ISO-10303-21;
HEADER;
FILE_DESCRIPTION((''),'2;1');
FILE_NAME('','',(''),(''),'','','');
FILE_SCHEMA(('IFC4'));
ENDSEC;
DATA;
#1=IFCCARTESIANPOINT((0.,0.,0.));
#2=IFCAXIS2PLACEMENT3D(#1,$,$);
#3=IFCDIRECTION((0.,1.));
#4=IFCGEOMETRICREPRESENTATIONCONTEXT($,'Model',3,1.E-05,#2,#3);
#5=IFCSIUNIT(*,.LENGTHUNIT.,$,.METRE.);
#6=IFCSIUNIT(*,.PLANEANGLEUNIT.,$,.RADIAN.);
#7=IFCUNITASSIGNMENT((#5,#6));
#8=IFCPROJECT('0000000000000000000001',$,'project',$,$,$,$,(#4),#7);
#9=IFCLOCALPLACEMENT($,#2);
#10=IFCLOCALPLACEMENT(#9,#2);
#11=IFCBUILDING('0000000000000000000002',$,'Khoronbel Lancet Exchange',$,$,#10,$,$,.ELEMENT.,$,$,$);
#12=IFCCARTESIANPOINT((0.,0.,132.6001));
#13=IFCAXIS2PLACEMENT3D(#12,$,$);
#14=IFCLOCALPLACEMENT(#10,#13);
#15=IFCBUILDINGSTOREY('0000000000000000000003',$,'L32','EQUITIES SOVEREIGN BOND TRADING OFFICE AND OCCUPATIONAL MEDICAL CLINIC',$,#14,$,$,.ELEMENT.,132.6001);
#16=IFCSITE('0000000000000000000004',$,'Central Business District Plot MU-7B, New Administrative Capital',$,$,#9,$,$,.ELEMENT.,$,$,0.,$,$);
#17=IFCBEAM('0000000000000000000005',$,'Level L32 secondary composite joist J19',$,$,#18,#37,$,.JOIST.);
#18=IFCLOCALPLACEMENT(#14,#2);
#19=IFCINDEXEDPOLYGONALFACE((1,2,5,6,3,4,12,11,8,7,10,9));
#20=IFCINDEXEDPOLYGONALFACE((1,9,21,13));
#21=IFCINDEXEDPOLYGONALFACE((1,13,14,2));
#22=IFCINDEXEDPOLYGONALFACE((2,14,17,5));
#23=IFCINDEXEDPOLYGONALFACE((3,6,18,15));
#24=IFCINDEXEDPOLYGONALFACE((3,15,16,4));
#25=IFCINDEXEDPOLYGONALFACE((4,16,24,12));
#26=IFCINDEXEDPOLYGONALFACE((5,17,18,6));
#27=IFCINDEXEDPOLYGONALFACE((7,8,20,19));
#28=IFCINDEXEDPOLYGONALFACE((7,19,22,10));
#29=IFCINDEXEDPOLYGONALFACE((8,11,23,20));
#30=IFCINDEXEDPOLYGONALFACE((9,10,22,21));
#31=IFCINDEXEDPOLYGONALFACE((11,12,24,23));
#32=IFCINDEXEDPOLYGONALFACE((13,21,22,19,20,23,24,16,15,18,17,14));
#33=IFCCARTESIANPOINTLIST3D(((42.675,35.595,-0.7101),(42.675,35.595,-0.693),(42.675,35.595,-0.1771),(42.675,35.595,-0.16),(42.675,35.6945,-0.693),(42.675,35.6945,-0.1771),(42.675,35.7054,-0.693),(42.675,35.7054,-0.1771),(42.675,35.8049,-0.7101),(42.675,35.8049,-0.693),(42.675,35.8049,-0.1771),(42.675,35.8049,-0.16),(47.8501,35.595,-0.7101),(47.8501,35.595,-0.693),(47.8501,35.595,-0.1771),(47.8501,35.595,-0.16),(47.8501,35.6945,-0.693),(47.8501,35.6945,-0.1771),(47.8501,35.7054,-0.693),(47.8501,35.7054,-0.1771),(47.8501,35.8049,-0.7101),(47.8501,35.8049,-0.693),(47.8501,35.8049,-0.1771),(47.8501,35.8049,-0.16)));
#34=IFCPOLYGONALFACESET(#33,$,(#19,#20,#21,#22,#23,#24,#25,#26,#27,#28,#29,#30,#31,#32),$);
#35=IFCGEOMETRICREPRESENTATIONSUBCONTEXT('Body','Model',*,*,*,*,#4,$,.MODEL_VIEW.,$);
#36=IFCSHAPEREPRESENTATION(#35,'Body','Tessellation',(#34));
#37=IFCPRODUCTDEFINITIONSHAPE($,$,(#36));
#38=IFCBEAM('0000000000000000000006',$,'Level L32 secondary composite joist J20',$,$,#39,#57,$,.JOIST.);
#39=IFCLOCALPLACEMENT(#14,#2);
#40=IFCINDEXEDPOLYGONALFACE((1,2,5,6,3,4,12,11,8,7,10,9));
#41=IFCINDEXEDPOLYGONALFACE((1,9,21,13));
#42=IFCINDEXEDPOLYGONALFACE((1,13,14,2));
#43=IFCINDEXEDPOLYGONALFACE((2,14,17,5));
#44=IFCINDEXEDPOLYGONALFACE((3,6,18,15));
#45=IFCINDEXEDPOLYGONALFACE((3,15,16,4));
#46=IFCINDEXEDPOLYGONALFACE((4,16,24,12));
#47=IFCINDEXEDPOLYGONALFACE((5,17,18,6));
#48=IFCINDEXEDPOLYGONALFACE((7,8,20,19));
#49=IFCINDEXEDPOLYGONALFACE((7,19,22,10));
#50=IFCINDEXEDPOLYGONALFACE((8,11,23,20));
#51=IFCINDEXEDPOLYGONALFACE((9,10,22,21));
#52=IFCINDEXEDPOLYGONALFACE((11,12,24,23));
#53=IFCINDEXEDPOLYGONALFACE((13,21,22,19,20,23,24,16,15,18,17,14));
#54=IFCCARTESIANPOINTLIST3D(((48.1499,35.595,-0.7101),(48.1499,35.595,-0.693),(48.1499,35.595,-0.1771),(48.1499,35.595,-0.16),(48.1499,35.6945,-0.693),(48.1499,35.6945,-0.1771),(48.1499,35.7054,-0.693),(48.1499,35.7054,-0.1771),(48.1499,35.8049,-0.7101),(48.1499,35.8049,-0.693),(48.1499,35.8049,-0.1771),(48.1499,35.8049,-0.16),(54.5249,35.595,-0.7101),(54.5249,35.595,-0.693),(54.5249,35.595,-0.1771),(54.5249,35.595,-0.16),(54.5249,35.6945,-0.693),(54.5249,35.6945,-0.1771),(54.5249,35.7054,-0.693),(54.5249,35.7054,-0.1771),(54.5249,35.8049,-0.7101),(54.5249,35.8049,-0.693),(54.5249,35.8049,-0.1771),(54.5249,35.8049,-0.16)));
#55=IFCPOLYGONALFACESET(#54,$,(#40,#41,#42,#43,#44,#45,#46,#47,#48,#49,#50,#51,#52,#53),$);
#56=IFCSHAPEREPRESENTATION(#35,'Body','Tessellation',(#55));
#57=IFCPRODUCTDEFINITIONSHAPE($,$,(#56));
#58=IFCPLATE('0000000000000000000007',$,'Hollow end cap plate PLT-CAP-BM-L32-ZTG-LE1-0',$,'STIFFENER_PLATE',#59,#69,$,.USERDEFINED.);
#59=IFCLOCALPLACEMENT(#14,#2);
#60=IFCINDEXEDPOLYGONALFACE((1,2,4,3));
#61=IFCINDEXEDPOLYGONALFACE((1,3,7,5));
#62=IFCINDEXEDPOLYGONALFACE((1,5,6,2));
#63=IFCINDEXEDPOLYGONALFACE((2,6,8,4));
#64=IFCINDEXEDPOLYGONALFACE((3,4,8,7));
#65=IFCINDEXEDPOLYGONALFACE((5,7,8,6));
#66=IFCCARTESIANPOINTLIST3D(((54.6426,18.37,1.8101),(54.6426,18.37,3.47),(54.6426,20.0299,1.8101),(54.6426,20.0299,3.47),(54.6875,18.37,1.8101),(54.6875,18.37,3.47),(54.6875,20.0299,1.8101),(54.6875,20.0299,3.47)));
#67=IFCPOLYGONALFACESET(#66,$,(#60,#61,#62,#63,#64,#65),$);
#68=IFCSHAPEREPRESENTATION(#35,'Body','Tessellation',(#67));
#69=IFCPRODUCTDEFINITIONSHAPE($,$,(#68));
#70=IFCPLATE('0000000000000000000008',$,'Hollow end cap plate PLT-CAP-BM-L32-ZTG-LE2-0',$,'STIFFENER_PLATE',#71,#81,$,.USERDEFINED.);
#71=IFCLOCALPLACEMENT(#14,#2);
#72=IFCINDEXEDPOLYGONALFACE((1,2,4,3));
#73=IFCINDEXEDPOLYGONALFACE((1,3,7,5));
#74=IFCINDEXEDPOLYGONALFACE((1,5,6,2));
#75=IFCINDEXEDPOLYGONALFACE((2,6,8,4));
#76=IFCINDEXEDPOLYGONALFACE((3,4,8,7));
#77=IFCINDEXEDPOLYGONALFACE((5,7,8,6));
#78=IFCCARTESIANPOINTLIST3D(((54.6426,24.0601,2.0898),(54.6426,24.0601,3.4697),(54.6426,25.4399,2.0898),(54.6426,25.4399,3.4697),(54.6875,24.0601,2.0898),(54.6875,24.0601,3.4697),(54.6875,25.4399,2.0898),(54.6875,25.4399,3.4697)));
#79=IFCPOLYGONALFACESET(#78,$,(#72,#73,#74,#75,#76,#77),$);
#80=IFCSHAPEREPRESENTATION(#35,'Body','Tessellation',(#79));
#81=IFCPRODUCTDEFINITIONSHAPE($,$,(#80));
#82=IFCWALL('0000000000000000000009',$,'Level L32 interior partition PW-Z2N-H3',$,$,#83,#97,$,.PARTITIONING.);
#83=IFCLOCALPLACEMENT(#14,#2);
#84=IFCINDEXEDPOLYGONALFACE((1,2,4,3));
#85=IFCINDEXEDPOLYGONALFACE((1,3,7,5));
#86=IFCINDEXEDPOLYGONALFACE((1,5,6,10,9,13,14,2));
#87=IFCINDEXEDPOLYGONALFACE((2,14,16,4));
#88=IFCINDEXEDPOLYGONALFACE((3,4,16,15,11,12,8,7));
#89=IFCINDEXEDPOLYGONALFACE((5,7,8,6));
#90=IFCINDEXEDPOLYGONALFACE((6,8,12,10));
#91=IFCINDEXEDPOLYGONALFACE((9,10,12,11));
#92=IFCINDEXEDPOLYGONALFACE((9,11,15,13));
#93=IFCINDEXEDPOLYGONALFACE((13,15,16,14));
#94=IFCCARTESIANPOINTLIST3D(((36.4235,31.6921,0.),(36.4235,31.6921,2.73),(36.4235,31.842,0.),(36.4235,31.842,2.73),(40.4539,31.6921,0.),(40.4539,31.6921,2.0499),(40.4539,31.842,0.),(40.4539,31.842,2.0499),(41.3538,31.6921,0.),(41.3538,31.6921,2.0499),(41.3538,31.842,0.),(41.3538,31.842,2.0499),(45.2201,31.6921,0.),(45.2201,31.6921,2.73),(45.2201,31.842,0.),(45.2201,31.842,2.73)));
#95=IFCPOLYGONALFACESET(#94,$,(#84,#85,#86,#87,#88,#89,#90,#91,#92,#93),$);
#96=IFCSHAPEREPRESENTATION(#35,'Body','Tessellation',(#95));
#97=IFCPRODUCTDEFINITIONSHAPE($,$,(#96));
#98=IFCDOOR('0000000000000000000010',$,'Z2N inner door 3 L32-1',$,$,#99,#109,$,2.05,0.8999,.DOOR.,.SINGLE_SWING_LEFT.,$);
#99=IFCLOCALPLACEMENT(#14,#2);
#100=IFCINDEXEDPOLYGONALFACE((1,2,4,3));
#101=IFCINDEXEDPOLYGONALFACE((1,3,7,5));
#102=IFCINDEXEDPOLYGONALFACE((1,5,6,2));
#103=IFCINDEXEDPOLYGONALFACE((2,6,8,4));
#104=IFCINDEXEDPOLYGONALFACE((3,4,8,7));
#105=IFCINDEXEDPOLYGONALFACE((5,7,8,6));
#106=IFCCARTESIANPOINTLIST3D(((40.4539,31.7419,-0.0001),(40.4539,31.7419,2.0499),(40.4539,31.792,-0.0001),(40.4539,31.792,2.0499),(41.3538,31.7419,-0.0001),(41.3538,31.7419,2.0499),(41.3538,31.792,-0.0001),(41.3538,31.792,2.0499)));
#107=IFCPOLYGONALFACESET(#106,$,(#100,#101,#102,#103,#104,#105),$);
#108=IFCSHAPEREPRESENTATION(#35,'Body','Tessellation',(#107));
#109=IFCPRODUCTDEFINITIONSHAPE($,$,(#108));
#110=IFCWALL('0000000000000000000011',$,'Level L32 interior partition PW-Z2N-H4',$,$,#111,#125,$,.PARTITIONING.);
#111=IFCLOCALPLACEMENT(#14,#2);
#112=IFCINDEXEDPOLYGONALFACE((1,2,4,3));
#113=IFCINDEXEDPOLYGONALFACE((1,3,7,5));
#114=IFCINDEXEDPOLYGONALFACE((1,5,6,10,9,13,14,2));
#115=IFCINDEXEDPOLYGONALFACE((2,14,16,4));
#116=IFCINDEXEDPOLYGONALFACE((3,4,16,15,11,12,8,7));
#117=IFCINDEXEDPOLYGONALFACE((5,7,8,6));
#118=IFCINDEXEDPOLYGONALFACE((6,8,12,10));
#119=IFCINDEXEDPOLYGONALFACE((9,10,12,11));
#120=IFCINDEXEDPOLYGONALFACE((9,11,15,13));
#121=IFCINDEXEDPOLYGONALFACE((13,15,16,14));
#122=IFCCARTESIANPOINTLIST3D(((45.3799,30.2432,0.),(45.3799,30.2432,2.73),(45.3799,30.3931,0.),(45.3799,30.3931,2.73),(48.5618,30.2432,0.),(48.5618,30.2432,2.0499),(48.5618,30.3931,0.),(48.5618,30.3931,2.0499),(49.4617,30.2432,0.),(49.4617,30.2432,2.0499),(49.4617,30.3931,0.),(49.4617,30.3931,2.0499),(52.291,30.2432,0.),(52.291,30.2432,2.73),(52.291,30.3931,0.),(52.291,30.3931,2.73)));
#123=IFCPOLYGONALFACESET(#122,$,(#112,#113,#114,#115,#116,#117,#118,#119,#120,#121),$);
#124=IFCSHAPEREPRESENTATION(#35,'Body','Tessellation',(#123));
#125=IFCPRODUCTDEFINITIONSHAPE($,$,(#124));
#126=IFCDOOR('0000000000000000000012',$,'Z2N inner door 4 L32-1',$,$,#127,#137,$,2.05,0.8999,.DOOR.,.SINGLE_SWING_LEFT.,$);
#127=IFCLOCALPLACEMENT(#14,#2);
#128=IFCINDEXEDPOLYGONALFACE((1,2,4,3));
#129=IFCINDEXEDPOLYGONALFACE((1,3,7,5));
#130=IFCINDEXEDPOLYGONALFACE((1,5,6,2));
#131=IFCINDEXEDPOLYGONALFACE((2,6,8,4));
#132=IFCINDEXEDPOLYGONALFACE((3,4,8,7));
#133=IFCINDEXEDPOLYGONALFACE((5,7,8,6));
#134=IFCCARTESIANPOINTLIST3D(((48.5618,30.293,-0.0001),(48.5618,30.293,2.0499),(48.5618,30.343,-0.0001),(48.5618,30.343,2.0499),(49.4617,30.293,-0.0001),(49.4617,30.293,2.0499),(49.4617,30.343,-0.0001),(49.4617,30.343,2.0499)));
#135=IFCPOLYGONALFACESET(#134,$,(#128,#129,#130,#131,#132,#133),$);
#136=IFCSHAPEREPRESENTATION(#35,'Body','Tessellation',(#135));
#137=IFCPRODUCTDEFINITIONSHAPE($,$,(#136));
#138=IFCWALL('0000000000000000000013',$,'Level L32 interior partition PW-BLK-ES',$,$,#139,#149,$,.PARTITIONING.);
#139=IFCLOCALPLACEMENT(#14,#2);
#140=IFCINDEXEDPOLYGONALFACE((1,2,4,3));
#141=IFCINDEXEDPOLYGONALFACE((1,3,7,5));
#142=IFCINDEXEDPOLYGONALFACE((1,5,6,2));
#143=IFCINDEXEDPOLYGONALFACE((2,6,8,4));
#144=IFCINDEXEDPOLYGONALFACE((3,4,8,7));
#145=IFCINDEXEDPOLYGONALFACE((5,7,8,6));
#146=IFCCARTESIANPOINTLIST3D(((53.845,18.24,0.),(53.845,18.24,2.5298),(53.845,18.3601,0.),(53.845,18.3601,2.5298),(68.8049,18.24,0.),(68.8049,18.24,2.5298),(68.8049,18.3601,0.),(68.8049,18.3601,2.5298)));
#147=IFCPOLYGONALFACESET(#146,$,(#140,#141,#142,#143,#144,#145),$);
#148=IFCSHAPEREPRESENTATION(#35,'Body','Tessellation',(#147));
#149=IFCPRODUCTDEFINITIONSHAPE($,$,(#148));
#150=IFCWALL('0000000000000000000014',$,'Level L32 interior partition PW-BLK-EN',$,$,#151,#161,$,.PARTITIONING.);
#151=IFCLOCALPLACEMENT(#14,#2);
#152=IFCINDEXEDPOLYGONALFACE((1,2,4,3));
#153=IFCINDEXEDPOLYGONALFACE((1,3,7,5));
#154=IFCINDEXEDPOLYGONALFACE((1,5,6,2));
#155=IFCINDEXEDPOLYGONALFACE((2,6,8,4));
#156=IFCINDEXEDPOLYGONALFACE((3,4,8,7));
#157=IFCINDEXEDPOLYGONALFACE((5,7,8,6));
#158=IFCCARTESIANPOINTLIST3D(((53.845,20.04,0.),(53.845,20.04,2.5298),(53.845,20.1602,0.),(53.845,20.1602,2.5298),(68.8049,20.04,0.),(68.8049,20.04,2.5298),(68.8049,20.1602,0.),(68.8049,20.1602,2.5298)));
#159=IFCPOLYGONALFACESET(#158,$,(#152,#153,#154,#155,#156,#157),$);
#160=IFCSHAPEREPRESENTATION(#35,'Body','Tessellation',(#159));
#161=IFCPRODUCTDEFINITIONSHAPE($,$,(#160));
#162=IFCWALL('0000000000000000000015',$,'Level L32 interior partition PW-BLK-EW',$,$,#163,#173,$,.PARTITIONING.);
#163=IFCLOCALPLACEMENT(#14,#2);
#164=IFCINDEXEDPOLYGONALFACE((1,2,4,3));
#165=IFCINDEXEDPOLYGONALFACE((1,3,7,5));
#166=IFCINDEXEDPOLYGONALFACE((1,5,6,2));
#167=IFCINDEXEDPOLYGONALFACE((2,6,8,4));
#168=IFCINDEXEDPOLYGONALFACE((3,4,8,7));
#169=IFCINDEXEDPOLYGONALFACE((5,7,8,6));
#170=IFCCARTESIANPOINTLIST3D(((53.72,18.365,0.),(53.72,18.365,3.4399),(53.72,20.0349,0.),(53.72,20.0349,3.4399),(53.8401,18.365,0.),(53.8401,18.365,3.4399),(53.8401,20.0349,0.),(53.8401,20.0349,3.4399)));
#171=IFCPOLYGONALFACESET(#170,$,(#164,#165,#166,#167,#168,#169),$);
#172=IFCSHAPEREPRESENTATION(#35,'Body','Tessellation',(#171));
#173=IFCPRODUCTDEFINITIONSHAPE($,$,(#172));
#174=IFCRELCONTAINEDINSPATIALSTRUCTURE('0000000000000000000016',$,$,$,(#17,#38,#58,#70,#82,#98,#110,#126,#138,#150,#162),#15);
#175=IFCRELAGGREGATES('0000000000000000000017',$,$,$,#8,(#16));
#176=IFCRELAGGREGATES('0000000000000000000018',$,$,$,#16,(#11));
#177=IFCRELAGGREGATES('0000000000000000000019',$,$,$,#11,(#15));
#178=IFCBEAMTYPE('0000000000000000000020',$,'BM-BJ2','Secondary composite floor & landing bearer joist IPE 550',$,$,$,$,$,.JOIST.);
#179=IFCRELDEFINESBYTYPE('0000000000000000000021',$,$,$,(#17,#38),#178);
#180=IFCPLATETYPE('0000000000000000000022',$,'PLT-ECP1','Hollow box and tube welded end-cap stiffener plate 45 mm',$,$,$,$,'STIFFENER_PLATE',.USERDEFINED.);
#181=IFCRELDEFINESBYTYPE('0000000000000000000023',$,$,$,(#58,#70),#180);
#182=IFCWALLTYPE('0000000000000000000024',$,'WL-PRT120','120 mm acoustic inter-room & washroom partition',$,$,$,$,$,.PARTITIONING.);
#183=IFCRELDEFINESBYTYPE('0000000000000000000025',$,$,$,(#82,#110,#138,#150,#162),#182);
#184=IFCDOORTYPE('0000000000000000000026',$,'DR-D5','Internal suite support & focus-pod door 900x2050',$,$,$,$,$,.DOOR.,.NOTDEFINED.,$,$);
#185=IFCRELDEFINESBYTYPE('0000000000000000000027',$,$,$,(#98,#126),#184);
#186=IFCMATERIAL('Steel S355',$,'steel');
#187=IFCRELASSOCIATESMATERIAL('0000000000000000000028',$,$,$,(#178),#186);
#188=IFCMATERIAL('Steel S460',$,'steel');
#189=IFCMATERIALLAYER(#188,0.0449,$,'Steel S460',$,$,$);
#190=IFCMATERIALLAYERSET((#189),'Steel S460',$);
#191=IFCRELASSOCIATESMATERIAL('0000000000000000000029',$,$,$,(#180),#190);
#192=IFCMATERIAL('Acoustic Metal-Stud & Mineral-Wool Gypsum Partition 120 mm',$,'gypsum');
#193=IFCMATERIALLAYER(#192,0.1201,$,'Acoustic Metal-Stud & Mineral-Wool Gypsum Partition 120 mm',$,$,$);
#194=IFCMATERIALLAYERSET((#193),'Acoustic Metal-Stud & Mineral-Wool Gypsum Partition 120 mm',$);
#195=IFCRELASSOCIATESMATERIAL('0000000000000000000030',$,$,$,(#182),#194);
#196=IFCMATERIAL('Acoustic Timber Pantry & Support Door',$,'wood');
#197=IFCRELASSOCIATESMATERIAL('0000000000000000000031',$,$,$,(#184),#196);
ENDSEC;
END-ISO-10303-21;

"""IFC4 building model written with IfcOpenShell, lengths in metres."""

from ifc_helpers import new_model, si_unit, direction, frame, frame_2d, origin, origin_2d, place, context, subcontext, project, spatial, rectangle, i_section, extrude, material, layer, layer_set, material_profile, profile_set, type_object, element, fill, save


model = new_model("IFC4")

# Units and contexts
model_context = context("Model", 3, precision=1e-05, world=origin(), true_north=direction((0.0, 1.0)))
body_context = subcontext(model_context, "Body", "Model", "MODEL_VIEW")
ifc_project = project(units=[si_unit("LENGTHUNIT", "METRE"), si_unit("PLANEANGLEUNIT", "RADIAN")], contexts=[model_context])

# Site, building, storey
site_placement = place(None, origin())
site = spatial("IfcSite", under=ifc_project, at=site_placement, Name="Central Business District Plot MU-7B, New Administrative Capital", CompositionType="ELEMENT", RefElevation=0.0)
building_placement = place(site_placement, origin())
building = spatial("IfcBuilding", under=site, at=building_placement, Name="Khoronbel Lancet Exchange", CompositionType="ELEMENT")
storey_placement = place(building_placement, frame((0.0, 0.0, 132.6001)))
storey = spatial("IfcBuildingStorey", under=building, at=storey_placement, Name="L32", Description="EQUITIES SOVEREIGN BOND TRADING OFFICE AND OCCUPATIONAL MEDICAL CLINIC", CompositionType="ELEMENT", Elevation=132.6001)

# Shared definitions
ifc_material_1 = material(Name="Steel S460", Category="steel")

# Beams
ifc_material_2 = material(Name="Steel S355", Category="steel")
ifc_material_profile_1 = material_profile(ifc_material_2, i_section(OverallWidth=0.21, OverallDepth=0.55, WebThickness=0.011, FlangeThickness=0.0171, at=origin_2d()), Name="IPE 550")
ifc_profile_set_1 = profile_set([ifc_material_profile_1], Name="Steel S355")
beam_type_1 = type_object("IfcBeamType", Name="BM-BJ2", Description="Secondary composite floor & landing bearer joist IPE 550", PredefinedType="JOIST", material=ifc_profile_set_1)
beam_1_placement = place(storey_placement, frame((42.675, 35.7, -0.4351), z_axis=(1.0, 0.0, 0.0), x_axis=(0.0, 1.0, 0.0)))
element("IfcBeam", 1, at=beam_1_placement, inside=storey, type_object=beam_type_1, Name="Level L32 secondary composite joist J19", PredefinedType="JOIST", context=body_context, shape_type="SweptSolid", body=[
    extrude(i_section(OverallWidth=0.21, OverallDepth=0.55, WebThickness=0.011, FlangeThickness=0.0171, at=origin_2d()), origin(), (0.0, 0.0, 1.0), 5.175),
])
beam_2_placement = place(storey_placement, frame((48.1499, 35.7, -0.4351), z_axis=(1.0, 0.0, 0.0), x_axis=(0.0, 1.0, 0.0)))
element("IfcBeam", 2, at=beam_2_placement, inside=storey, type_object=beam_type_1, Name="Level L32 secondary composite joist J20", PredefinedType="JOIST", context=body_context, shape_type="SweptSolid", body=[
    extrude(i_section(OverallWidth=0.21, OverallDepth=0.55, WebThickness=0.011, FlangeThickness=0.0171, at=origin_2d()), origin(), (0.0, 0.0, 1.0), 6.375),
])

# Plates
ifc_layer_1 = layer(ifc_material_1, 0.0449, Name="Steel S460")
ifc_layer_set_1 = layer_set([ifc_layer_1], Name="Steel S460")
plate_type = type_object("IfcPlateType", Name="PLT-ECP1", Description="Hollow box and tube welded end-cap stiffener plate 45 mm", ElementType="STIFFENER_PLATE", PredefinedType="USERDEFINED", material=ifc_layer_set_1)
plate_1_placement = place(storey_placement, frame((54.665, 19.2, 1.8101), z_axis=(0.0, 0.0, 1.0), x_axis=(-1.0, 0.0, 0.0)))
element("IfcPlate", 3, at=plate_1_placement, inside=storey, type_object=plate_type, Name="Hollow end cap plate PLT-CAP-BM-L32-ZTG-LE1-0", ObjectType="STIFFENER_PLATE", PredefinedType="USERDEFINED", context=body_context, shape_type="SweptSolid", body=[
    extrude(rectangle(XDim=0.0449, YDim=1.6599, at=origin_2d()), origin(), (0.0, 0.0, 1.0), 1.6599),
])
plate_2_placement = place(storey_placement, frame((54.665, 24.75, 2.0898), z_axis=(0.0, 0.0, 1.0), x_axis=(-1.0, 0.0, 0.0)))
element("IfcPlate", 4, at=plate_2_placement, inside=storey, type_object=plate_type, Name="Hollow end cap plate PLT-CAP-BM-L32-ZTG-LE2-0", ObjectType="STIFFENER_PLATE", PredefinedType="USERDEFINED", context=body_context, shape_type="SweptSolid", body=[
    extrude(rectangle(XDim=0.0449, YDim=1.3799, at=origin_2d()), origin(), (0.0, 0.0, 1.0), 1.3799),
])

# Walls, openings, doors
ifc_material_3 = material(Name="Acoustic Metal-Stud & Mineral-Wool Gypsum Partition 120 mm", Category="gypsum")
ifc_layer_2 = layer(ifc_material_3, 0.1201, Name="Acoustic Metal-Stud & Mineral-Wool Gypsum Partition 120 mm")
ifc_layer_set_2 = layer_set([ifc_layer_2], Name="Acoustic Metal-Stud & Mineral-Wool Gypsum Partition 120 mm")
wall_type_1 = type_object("IfcWallType", Name="WL-PRT120", Description="120 mm acoustic inter-room & washroom partition", PredefinedType="PARTITIONING", material=ifc_layer_set_2)
wall_1_placement = place(storey_placement, frame((36.4233, 31.7671, 0.0), z_axis=(0.0, 0.0, 1.0), x_axis=(1.0, 0.0, 0.0)))
wall_1 = element("IfcWall", 5, at=wall_1_placement, inside=storey, type_object=wall_type_1, Name="Level L32 interior partition PW-Z2N-H3", PredefinedType="PARTITIONING", context=body_context, shape_type="SweptSolid", body=[
    extrude(rectangle(XDim=8.7966, YDim=0.1499, at=frame_2d((4.3984, 0.0))), origin(), (0.0, 0.0, 1.0), 2.73),
])
opening_1_placement = place(wall_1_placement, frame((4.0305, 0.0, 0.0)))
opening_1 = element("IfcOpeningElement", 6, at=opening_1_placement, cuts=wall_1, PredefinedType="OPENING", context=body_context, shape_type="SweptSolid", body=[
    extrude(rectangle(XDim=0.8999, YDim=2.05, at=frame_2d((0.45, 1.0249))), frame((0.0, 0.085, 0.0), z_axis=(0.0, -1.0, 0.0), x_axis=(1.0, 0.0, 0.0)), (0.0, 0.0, 1.0), 0.1699),
])
ifc_material_4 = material(Name="Acoustic Timber Pantry & Support Door", Category="wood")
door_type_1 = type_object("IfcDoorType", Name="DR-D5", Description="Internal suite support & focus-pod door 900x2050", OperationType="NOTDEFINED", PredefinedType="DOOR", material=ifc_material_4)
door_1_placement = place(opening_1_placement, origin())
door_1 = element("IfcDoor", 7, at=door_1_placement, inside=storey, type_object=door_type_1, Name="Z2N inner door 3 L32-1", OperationType="SINGLE_SWING_LEFT", OverallHeight=2.05, OverallWidth=0.8999, PredefinedType="DOOR", context=body_context, shape_type="SweptSolid", body=[
    extrude(rectangle(XDim=0.8999, YDim=2.05, at=frame_2d((0.45, 1.0249))), frame((0.0, 0.0249, 0.0), z_axis=(0.0, -1.0, 0.0), x_axis=(1.0, 0.0, 0.0)), (0.0, 0.0, 1.0), 0.05),
])
fill(opening_1, door_1)
wall_2_placement = place(storey_placement, frame((45.3799, 30.3181, 0.0), z_axis=(0.0, 0.0, 1.0), x_axis=(1.0, 0.0, 0.0)))
wall_2 = element("IfcWall", 8, at=wall_2_placement, inside=storey, type_object=wall_type_1, Name="Level L32 interior partition PW-Z2N-H4", PredefinedType="PARTITIONING", context=body_context, shape_type="SweptSolid", body=[
    extrude(rectangle(XDim=6.9111, YDim=0.1499, at=frame_2d((3.4556, 0.0))), origin(), (0.0, 0.0, 1.0), 2.73),
])
opening_2_placement = place(wall_2_placement, frame((3.1819, 0.0, 0.0)))
opening_2 = element("IfcOpeningElement", 9, at=opening_2_placement, cuts=wall_2, PredefinedType="OPENING", context=body_context, shape_type="SweptSolid", body=[
    extrude(rectangle(XDim=0.8999, YDim=2.05, at=frame_2d((0.45, 1.0249))), frame((0.0, 0.085, 0.0), z_axis=(0.0, -1.0, 0.0), x_axis=(1.0, 0.0, 0.0)), (0.0, 0.0, 1.0), 0.1699),
])
door_2_placement = place(opening_2_placement, origin())
door_2 = element("IfcDoor", 10, at=door_2_placement, inside=storey, type_object=door_type_1, Name="Z2N inner door 4 L32-1", OperationType="SINGLE_SWING_LEFT", OverallHeight=2.05, OverallWidth=0.8999, PredefinedType="DOOR", context=body_context, shape_type="SweptSolid", body=[
    extrude(rectangle(XDim=0.8999, YDim=2.05, at=frame_2d((0.45, 1.0249))), frame((0.0, 0.0249, 0.0), z_axis=(0.0, -1.0, 0.0), x_axis=(1.0, 0.0, 0.0)), (0.0, 0.0, 1.0), 0.05),
])
fill(opening_2, door_2)

# Walls
for number, where, z_axis, x_axis, name in (
    (11, (53.845, 18.3, 0.0), (0.0, 0.0, 1.0), (1.0, 0.0, 0.0), "Level L32 interior partition PW-BLK-ES"),
    (12, (53.845, 20.1001, 0.0), (0.0, 0.0, 1.0), (1.0, 0.0, 0.0), "Level L32 interior partition PW-BLK-EN"),
):
    element("IfcWall", number, at=place(storey_placement, frame(where, z_axis=z_axis, x_axis=x_axis)), inside=storey, type_object=wall_type_1, Name=name, PredefinedType="PARTITIONING", context=body_context, shape_type="SweptSolid", body=[
        extrude(rectangle(XDim=14.96, YDim=0.1201, at=frame_2d((7.48, 0.0))), origin(), (0.0, 0.0, 1.0), 2.5298),
    ])
wall_3_placement = place(storey_placement, frame((53.78, 18.365, 0.0), z_axis=(0.0, 0.0, 1.0), x_axis=(0.0, 1.0, 0.0)))
element("IfcWall", 13, at=wall_3_placement, inside=storey, type_object=wall_type_1, Name="Level L32 interior partition PW-BLK-EW", PredefinedType="PARTITIONING", context=body_context, shape_type="SweptSolid", body=[
    extrude(rectangle(XDim=1.6699, YDim=0.1201, at=frame_2d((0.835, 0.0))), origin(), (0.0, 0.0, 1.0), 3.4399),
])

save(model, "model.ifc")
